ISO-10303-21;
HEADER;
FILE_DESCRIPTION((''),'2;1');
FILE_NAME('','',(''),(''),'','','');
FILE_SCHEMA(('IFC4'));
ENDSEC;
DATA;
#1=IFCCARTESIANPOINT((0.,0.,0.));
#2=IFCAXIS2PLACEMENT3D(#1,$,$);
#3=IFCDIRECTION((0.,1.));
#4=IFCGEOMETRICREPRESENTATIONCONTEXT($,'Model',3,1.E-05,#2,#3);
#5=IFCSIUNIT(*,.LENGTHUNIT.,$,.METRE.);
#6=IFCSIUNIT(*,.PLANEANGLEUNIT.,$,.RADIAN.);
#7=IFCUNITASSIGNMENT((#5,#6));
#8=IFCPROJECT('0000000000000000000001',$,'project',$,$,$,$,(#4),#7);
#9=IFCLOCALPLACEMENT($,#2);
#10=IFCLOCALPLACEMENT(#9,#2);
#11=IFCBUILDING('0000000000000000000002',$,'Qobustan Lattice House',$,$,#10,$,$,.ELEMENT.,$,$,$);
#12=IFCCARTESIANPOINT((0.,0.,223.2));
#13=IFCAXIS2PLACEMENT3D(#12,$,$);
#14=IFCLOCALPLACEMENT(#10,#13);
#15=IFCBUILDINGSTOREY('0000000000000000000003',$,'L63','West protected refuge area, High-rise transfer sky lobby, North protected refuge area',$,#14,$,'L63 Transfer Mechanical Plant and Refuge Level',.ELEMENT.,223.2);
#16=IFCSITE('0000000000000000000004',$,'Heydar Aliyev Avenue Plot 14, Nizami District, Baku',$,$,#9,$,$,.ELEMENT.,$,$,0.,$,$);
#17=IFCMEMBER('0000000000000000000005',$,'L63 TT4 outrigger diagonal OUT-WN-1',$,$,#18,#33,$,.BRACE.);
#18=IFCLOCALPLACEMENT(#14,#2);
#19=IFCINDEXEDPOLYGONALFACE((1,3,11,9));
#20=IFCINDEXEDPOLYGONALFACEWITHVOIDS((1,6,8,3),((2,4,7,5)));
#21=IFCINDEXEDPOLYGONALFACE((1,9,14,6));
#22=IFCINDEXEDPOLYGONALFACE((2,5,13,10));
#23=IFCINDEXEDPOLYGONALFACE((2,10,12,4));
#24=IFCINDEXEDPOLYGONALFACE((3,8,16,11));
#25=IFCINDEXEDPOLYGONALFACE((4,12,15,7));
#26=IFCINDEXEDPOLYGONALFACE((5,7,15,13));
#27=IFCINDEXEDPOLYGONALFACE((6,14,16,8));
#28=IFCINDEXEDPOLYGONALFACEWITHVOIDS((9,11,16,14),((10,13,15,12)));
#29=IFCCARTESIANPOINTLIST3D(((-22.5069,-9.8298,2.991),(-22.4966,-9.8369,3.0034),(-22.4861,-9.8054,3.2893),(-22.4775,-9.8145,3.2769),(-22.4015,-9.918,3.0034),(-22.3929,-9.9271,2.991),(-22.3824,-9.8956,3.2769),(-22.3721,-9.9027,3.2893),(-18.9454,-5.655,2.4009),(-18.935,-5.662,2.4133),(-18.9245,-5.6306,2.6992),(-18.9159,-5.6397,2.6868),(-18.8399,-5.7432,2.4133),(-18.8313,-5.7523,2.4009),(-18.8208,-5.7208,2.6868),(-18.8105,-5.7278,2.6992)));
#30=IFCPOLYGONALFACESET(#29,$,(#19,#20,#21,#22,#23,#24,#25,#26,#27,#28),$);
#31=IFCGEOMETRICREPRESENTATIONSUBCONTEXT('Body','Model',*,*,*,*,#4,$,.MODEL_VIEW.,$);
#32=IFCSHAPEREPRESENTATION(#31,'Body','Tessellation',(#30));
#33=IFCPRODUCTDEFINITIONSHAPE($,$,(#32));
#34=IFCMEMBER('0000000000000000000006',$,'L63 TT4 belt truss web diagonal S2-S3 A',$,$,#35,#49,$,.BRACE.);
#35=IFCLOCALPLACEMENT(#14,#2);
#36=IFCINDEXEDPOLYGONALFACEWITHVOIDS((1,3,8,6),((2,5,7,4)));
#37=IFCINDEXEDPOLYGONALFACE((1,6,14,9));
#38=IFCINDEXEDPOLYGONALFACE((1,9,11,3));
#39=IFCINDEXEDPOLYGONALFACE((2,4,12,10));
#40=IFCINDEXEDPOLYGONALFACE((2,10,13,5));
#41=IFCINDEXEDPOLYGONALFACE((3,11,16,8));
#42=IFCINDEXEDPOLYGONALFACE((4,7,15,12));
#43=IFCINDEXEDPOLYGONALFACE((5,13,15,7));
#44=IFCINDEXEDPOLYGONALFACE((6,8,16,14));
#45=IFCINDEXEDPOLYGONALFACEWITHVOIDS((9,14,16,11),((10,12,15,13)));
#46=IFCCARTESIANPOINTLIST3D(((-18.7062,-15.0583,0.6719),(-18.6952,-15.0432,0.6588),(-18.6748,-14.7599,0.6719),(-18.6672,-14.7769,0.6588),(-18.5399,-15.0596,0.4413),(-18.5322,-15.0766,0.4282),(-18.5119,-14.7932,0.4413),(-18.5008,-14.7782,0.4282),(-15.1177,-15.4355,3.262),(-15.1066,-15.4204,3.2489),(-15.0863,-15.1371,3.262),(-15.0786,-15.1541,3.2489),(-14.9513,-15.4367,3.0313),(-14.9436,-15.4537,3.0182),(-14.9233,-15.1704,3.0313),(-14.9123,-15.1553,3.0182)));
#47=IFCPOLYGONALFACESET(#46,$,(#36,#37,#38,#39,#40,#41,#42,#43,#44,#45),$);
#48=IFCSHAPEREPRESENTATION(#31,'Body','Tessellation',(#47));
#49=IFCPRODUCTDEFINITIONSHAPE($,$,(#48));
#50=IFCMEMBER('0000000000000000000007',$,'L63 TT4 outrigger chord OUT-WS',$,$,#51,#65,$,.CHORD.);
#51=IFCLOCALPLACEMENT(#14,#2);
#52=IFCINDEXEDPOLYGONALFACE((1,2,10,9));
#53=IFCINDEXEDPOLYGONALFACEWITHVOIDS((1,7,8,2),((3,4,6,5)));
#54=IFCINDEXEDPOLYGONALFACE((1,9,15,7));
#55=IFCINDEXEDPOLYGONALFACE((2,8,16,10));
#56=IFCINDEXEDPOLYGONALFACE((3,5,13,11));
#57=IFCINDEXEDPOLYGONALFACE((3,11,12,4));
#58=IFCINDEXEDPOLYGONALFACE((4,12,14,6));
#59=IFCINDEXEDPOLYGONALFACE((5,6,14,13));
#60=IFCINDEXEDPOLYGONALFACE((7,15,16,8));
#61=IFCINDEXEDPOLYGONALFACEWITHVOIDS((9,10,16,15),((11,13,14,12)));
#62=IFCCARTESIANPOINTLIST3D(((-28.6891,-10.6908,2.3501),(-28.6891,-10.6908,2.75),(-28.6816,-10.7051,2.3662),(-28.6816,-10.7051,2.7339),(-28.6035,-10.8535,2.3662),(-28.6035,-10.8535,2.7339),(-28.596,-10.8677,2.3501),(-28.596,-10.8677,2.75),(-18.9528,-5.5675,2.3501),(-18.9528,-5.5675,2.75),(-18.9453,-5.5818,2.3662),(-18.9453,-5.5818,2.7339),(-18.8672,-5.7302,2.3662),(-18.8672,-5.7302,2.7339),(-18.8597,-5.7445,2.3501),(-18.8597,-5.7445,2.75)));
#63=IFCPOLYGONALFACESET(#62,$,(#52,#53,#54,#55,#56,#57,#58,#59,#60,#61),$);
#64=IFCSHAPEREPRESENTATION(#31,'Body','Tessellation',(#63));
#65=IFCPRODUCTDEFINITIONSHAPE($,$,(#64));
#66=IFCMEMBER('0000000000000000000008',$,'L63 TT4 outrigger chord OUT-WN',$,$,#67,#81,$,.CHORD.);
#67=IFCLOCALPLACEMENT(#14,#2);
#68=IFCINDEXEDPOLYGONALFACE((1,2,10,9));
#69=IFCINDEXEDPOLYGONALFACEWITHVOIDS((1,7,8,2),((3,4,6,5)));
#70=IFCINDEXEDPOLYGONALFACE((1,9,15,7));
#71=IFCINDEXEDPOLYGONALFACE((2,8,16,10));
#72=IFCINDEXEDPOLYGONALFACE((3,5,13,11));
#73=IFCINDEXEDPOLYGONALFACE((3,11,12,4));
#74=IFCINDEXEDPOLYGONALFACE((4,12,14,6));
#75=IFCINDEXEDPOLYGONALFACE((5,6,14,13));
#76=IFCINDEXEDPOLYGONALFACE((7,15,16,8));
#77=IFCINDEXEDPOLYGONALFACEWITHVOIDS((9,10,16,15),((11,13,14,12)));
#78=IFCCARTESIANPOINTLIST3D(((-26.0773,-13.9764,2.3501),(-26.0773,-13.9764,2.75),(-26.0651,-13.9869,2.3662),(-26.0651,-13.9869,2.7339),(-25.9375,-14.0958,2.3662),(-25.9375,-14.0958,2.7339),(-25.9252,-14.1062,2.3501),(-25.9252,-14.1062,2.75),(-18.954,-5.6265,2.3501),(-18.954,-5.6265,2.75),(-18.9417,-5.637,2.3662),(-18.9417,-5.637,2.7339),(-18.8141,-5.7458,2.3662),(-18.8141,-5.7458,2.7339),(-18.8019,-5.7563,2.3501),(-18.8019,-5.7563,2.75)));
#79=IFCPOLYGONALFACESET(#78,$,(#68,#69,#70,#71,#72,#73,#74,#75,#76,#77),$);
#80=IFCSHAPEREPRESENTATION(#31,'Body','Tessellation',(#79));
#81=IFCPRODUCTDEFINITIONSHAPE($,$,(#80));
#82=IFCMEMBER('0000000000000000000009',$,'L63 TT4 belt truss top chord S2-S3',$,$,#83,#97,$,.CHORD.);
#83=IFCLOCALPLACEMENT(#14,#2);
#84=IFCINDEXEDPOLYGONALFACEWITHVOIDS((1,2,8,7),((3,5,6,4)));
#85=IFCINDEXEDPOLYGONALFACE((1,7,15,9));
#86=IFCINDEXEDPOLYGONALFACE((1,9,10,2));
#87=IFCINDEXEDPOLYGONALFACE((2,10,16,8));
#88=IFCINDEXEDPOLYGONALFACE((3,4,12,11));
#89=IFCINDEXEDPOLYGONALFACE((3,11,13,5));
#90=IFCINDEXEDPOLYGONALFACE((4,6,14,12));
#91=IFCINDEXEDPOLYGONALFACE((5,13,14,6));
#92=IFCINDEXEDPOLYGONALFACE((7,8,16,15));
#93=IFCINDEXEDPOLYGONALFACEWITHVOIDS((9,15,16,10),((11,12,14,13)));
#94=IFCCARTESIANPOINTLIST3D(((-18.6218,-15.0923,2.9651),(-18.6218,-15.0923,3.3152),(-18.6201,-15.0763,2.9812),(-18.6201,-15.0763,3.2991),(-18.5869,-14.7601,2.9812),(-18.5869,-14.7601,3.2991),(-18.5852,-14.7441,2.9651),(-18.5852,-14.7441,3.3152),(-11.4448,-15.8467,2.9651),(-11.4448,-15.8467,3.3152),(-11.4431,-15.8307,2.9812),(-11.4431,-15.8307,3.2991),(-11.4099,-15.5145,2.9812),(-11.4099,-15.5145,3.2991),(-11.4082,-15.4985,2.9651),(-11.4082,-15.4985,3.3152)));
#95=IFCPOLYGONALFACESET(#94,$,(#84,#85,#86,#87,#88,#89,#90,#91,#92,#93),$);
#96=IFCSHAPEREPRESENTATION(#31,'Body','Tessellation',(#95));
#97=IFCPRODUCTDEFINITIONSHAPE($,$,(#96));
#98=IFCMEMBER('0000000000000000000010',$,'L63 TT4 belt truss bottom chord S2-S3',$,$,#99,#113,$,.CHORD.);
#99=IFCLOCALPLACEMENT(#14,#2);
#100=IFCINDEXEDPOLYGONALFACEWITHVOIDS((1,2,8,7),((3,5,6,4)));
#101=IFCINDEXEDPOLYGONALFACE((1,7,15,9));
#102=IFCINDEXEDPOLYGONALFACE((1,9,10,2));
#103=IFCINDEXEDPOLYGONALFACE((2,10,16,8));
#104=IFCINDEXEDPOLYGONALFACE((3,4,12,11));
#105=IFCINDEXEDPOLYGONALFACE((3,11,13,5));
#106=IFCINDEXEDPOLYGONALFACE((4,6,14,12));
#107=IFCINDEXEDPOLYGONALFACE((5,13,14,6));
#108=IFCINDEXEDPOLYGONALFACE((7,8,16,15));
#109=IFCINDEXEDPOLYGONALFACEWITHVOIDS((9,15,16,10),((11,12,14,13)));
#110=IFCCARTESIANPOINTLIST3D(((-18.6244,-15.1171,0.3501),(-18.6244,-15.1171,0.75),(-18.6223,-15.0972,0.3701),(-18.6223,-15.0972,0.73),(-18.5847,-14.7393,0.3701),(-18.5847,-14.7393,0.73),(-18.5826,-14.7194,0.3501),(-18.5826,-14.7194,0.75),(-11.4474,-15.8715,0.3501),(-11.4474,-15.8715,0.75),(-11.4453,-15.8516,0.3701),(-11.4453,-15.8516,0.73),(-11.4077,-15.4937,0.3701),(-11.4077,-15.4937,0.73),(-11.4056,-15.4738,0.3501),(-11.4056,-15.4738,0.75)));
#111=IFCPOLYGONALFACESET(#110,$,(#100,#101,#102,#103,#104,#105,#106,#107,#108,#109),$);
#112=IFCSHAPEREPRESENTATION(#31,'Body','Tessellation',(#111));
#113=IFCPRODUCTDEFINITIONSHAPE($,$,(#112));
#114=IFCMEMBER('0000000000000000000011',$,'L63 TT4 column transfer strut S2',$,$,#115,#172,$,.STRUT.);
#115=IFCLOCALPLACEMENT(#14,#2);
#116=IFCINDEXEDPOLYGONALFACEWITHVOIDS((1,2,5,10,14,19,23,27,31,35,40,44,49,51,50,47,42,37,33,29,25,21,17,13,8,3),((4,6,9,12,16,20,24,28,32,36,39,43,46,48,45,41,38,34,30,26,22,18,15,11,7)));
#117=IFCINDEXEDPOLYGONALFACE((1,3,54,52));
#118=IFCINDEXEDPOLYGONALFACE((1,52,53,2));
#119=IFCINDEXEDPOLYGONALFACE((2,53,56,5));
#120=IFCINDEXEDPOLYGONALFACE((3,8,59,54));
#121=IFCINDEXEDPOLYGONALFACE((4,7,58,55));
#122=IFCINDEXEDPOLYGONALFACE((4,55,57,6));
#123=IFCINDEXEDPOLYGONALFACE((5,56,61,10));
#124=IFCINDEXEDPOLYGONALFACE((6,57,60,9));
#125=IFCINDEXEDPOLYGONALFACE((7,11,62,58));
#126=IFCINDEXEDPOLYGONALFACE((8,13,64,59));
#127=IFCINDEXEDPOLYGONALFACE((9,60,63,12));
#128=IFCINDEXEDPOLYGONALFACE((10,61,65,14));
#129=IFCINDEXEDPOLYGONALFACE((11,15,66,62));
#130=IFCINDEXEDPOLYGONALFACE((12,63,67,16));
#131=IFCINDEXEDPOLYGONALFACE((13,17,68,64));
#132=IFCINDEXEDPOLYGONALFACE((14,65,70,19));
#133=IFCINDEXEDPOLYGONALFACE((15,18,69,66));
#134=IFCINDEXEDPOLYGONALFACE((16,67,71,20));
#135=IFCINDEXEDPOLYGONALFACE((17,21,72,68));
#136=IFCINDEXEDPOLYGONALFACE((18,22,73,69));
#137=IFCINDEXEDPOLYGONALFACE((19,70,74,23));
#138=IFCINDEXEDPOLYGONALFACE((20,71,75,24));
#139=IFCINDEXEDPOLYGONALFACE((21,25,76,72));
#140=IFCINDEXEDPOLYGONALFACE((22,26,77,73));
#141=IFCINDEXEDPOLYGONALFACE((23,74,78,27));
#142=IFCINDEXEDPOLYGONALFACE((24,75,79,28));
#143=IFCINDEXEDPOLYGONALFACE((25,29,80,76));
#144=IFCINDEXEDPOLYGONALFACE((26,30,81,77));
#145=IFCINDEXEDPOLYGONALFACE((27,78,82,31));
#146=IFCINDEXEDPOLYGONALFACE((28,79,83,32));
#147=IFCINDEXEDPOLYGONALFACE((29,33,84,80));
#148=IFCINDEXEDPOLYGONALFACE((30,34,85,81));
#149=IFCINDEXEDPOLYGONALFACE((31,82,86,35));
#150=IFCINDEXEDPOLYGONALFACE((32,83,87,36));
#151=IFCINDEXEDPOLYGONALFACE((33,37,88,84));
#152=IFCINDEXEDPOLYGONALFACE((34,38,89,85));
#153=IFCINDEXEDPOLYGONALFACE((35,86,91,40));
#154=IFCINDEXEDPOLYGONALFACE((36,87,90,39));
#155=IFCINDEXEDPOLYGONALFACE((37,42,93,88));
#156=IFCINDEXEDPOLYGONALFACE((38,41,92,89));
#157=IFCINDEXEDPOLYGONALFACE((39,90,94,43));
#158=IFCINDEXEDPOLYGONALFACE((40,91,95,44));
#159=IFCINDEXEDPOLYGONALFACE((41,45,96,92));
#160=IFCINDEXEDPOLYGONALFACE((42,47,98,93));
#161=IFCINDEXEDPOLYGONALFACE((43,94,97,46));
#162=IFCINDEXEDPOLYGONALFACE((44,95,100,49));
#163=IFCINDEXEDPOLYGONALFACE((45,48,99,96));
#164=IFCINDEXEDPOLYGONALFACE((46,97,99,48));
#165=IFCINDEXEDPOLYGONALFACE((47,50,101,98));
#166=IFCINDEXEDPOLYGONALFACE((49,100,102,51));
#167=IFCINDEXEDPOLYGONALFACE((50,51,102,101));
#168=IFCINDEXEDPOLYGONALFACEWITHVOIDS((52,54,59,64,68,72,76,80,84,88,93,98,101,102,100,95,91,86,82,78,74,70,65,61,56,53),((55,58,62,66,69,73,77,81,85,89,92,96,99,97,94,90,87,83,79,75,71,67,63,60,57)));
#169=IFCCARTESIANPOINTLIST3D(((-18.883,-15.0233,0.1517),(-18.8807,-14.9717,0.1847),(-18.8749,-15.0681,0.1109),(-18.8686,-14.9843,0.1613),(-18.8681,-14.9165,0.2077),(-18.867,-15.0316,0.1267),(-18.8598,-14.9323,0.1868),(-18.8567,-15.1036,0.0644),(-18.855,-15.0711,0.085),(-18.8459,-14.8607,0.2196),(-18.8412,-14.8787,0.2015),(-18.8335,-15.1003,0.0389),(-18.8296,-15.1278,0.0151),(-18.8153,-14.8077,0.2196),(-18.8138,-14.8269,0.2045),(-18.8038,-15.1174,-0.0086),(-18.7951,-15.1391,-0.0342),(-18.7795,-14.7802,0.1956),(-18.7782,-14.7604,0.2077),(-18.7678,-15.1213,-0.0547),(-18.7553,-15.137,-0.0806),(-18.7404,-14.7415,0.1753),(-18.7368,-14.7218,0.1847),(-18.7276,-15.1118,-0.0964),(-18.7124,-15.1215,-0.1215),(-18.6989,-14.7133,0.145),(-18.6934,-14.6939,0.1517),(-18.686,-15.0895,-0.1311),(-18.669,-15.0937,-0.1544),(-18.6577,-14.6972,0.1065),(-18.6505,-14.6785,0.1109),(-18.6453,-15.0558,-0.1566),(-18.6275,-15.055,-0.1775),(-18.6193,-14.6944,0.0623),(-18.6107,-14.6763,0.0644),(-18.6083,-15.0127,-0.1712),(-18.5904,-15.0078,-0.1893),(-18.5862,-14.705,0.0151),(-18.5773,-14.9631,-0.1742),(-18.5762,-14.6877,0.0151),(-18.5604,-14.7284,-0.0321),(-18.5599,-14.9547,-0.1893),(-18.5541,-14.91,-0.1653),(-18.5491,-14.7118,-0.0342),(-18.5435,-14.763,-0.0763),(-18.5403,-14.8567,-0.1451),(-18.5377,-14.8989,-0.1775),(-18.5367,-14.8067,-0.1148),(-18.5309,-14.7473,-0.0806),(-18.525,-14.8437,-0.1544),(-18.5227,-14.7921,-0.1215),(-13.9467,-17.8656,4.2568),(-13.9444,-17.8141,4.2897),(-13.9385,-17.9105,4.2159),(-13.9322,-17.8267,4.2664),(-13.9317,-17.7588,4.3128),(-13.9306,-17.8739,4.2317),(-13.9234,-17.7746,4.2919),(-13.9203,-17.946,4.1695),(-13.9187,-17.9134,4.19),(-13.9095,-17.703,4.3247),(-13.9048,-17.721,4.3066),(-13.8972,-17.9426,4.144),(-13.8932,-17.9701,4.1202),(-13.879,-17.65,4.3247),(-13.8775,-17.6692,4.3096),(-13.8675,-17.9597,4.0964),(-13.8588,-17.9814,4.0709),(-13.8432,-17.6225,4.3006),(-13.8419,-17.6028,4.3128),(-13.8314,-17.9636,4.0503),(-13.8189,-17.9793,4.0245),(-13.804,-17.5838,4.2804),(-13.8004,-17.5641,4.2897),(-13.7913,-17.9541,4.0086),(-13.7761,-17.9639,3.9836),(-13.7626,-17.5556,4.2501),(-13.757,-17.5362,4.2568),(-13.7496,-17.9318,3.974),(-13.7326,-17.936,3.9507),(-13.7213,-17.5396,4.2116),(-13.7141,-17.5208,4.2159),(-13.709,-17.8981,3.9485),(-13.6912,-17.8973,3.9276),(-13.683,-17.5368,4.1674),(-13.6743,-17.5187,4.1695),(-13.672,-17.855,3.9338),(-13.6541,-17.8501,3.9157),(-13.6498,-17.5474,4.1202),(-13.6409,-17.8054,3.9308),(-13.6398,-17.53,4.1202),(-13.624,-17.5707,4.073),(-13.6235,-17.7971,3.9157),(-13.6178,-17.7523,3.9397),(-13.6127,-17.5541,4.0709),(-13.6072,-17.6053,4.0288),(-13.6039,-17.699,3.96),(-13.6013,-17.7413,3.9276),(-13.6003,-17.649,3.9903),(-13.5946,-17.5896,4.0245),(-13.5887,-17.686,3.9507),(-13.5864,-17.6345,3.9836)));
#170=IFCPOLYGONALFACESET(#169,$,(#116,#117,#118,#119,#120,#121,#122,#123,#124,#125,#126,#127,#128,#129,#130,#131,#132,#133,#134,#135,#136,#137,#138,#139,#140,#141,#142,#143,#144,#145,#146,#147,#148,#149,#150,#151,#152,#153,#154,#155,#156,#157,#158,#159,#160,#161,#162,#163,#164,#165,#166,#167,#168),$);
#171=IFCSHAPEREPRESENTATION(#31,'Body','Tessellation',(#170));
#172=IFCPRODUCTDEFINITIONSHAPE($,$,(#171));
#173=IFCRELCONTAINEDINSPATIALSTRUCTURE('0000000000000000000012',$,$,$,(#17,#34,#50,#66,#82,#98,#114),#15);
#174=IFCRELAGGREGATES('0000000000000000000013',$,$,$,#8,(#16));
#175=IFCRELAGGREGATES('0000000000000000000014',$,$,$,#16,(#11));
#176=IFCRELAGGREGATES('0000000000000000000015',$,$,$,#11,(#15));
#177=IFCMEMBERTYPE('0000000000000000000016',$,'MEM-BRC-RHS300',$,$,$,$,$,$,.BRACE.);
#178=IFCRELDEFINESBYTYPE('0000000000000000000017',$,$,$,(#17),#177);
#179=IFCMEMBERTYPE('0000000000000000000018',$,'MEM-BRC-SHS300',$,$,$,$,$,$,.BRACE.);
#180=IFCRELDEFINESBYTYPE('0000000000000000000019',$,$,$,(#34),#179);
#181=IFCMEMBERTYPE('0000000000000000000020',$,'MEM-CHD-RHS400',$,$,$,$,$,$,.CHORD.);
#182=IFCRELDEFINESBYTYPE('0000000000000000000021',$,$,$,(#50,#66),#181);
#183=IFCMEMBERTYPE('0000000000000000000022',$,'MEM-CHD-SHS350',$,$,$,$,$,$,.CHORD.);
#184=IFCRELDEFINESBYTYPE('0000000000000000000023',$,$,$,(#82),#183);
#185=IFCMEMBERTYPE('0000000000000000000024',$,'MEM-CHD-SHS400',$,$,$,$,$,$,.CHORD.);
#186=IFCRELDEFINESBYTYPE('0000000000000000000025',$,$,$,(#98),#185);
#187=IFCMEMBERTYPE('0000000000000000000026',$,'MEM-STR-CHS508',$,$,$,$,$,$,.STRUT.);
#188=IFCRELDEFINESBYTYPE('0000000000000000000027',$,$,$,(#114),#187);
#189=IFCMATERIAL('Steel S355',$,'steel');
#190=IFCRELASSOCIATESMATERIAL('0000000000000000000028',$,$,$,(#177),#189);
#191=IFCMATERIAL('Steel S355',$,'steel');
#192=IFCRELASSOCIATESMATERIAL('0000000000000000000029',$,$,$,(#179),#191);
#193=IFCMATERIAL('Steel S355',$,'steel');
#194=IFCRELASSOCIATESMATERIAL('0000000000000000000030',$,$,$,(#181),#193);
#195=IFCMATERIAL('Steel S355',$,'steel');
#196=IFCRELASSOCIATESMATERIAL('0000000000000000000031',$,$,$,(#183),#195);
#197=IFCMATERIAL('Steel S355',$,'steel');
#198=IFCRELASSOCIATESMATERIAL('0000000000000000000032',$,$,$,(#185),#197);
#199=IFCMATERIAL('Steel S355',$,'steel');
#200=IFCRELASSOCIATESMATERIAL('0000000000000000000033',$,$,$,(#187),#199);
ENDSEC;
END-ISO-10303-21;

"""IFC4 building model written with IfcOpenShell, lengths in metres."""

from ifc_helpers import new_model, si_unit, direction, frame, origin, origin_2d, place, context, subcontext, project, spatial, hollow_rectangle, hollow_circle, extrude, material, material_profile, profile_set, type_object, element, save


model = new_model("IFC4")

# Units and contexts
model_context = context("Model", 3, precision=1e-05, world=origin(), true_north=direction((0.0, 1.0)))
body_context = subcontext(model_context, "Body", "Model", "MODEL_VIEW")
ifc_project = project(units=[si_unit("LENGTHUNIT", "METRE"), si_unit("PLANEANGLEUNIT", "RADIAN")], contexts=[model_context])

# Site, building, storey
site_placement = place(None, origin())
site = spatial("IfcSite", under=ifc_project, at=site_placement, Name="Heydar Aliyev Avenue Plot 14, Nizami District, Baku", CompositionType="ELEMENT", RefElevation=0.0)
building_placement = place(site_placement, origin())
building = spatial("IfcBuilding", under=site, at=building_placement, Name="Qobustan Lattice House", CompositionType="ELEMENT")
storey_placement = place(building_placement, frame((0.0, 0.0, 223.2)))
storey = spatial("IfcBuildingStorey", under=building, at=storey_placement, Name="L63", Description="West protected refuge area, High-rise transfer sky lobby, North protected refuge area", LongName="L63 Transfer Mechanical Plant and Refuge Level", CompositionType="ELEMENT", Elevation=223.2)

# Members
ifc_material_1 = material(Name="Steel S355", Category="steel")
ifc_material_profile_1 = material_profile(ifc_material_1, hollow_rectangle(XDim=0.1499, YDim=0.3, WallThickness=0.0125, at=origin_2d()), Name="RHS300x150x12.5")
ifc_profile_set_1 = profile_set([ifc_material_profile_1], Name="Steel S355")
member_type_1 = type_object("IfcMemberType", Name="MEM-BRC-RHS300", PredefinedType="BRACE", material=ifc_profile_set_1)
member_1_placement = place(storey_placement, frame((-18.8779, -5.6914, 2.55), z_axis=(-0.645296, -0.756414, 0.106915), x_axis=(0.760775, -0.649016, 0.0)))
element("IfcMember", 1, at=member_1_placement, inside=storey, type_object=member_type_1, Name="L63 TT4 outrigger diagonal OUT-WN-1", PredefinedType="BRACE", context=body_context, shape_type="SweptSolid", body=[
    extrude(hollow_rectangle(XDim=0.1499, YDim=0.3, WallThickness=0.0125, at=origin_2d()), origin(), (0.0, 0.0, 1.0), 5.5193),
])
ifc_material_2 = material(Name="Steel S355", Category="steel")
ifc_material_profile_2 = material_profile(ifc_material_2, hollow_rectangle(XDim=0.3, YDim=0.3, WallThickness=0.0161, at=origin_2d()), Name="SHS300x300x16")
ifc_profile_set_2 = profile_set([ifc_material_profile_2], Name="Steel S355")
member_type_2 = type_object("IfcMemberType", Name="MEM-BRC-SHS300", PredefinedType="BRACE", material=ifc_profile_set_2)
member_2_placement = place(storey_placement, frame((-18.6035, -14.9182, 0.55), z_axis=(0.807932, -0.084921, 0.583125), x_axis=(0.104533, 0.994521, 0.0)))
element("IfcMember", 2, at=member_2_placement, inside=storey, type_object=member_type_2, Name="L63 TT4 belt truss web diagonal S2-S3 A", PredefinedType="BRACE", context=body_context, shape_type="SweptSolid", body=[
    extrude(hollow_rectangle(XDim=0.3, YDim=0.3, WallThickness=0.0161, at=origin_2d()), origin(), (0.0, 0.0, 1.0), 4.4417),
])
ifc_material_3 = material(Name="Steel S355", Category="steel")
ifc_material_profile_3 = material_profile(ifc_material_3, hollow_rectangle(XDim=0.2, YDim=0.3999, WallThickness=0.0161, at=origin_2d()), Name="RHS400x200x16")
ifc_profile_set_3 = profile_set([ifc_material_profile_3], Name="Steel S355")
member_type_3 = type_object("IfcMemberType", Name="MEM-CHD-RHS400", PredefinedType="CHORD", material=ifc_profile_set_3)
member_3_placement = place(storey_placement, frame((-18.9062, -5.656, 2.55), z_axis=(-0.884959, -0.465669, 0.0), x_axis=(0.465669, -0.884959, 0.0)))
element("IfcMember", 3, at=member_3_placement, inside=storey, type_object=member_type_3, Name="L63 TT4 outrigger chord OUT-WS", PredefinedType="CHORD", context=body_context, shape_type="SweptSolid", body=[
    extrude(hollow_rectangle(XDim=0.2, YDim=0.3999, WallThickness=0.0161, at=origin_2d()), origin(), (0.0, 0.0, 1.0), 11.002),
])
member_4_placement = place(storey_placement, frame((-18.8779, -5.6914, 2.55), z_axis=(-0.649018, -0.760773, 0.0), x_axis=(0.760773, -0.649018, 0.0)))
element("IfcMember", 4, at=member_4_placement, inside=storey, type_object=member_type_3, Name="L63 TT4 outrigger chord OUT-WN", PredefinedType="CHORD", context=body_context, shape_type="SweptSolid", body=[
    extrude(hollow_rectangle(XDim=0.2, YDim=0.3999, WallThickness=0.0161, at=origin_2d()), origin(), (0.0, 0.0, 1.0), 10.9756),
])
ifc_material_4 = material(Name="Steel S355", Category="steel")
ifc_material_profile_4 = material_profile(ifc_material_4, hollow_rectangle(XDim=0.3501, YDim=0.3501, WallThickness=0.0161, at=origin_2d()), Name="SHS350x350x16")
ifc_profile_set_4 = profile_set([ifc_material_profile_4], Name="Steel S355")
member_type_4 = type_object("IfcMemberType", Name="MEM-CHD-SHS350", PredefinedType="CHORD", material=ifc_profile_set_4)
member_5_placement = place(storey_placement, frame((-18.6035, -14.9182, 3.1401), z_axis=(0.994521, -0.104537, 0.0), x_axis=(0.104537, 0.994521, 0.0)))
element("IfcMember", 5, at=member_5_placement, inside=storey, type_object=member_type_4, Name="L63 TT4 belt truss top chord S2-S3", PredefinedType="CHORD", context=body_context, shape_type="SweptSolid", body=[
    extrude(hollow_rectangle(XDim=0.3501, YDim=0.3501, WallThickness=0.0161, at=origin_2d()), origin(), (0.0, 0.0, 1.0), 7.2166),
])
ifc_material_5 = material(Name="Steel S355", Category="steel")
ifc_material_profile_5 = material_profile(ifc_material_5, hollow_rectangle(XDim=0.3999, YDim=0.3999, WallThickness=0.02, at=origin_2d()), Name="SHS400x400x20")
ifc_profile_set_5 = profile_set([ifc_material_profile_5], Name="Steel S355")
member_type_5 = type_object("IfcMemberType", Name="MEM-CHD-SHS400", PredefinedType="CHORD", material=ifc_profile_set_5)
member_6_placement = place(storey_placement, frame((-18.6035, -14.9182, 0.55), z_axis=(0.994521, -0.104537, 0.0), x_axis=(0.104537, 0.994521, 0.0)))
element("IfcMember", 6, at=member_6_placement, inside=storey, type_object=member_type_5, Name="L63 TT4 belt truss bottom chord S2-S3", PredefinedType="CHORD", context=body_context, shape_type="SweptSolid", body=[
    extrude(hollow_rectangle(XDim=0.3999, YDim=0.3999, WallThickness=0.02, at=origin_2d()), origin(), (0.0, 0.0, 1.0), 7.2166),
])
ifc_material_6 = material(Name="Steel S355", Category="steel")
ifc_material_profile_6 = material_profile(ifc_material_6, hollow_circle(Radius=0.2539, WallThickness=0.02, at=origin_2d()), Name="CHS508x20")
ifc_profile_set_6 = profile_set([ifc_material_profile_6], Name="Steel S355")
member_type_6 = type_object("IfcMemberType", Name="MEM-STR-CHS508", PredefinedType="STRUT", material=ifc_profile_set_6)
member_7_placement = place(storey_placement, frame((-18.7029, -14.9077, 0.0151), z_axis=(0.70306, -0.404819, 0.584661), x_axis=(0.498989, 0.866608, 0.0)))
element("IfcMember", 7, at=member_7_placement, inside=storey, type_object=member_type_6, Name="L63 TT4 column transfer strut S2", PredefinedType="STRUT", context=body_context, shape_type="SweptSolid", body=[
    extrude(hollow_circle(Radius=0.2539, WallThickness=0.02, at=origin_2d()), origin(), (0.0, 0.0, 1.0), 7.0212),
])

save(model, "model.ifc")
